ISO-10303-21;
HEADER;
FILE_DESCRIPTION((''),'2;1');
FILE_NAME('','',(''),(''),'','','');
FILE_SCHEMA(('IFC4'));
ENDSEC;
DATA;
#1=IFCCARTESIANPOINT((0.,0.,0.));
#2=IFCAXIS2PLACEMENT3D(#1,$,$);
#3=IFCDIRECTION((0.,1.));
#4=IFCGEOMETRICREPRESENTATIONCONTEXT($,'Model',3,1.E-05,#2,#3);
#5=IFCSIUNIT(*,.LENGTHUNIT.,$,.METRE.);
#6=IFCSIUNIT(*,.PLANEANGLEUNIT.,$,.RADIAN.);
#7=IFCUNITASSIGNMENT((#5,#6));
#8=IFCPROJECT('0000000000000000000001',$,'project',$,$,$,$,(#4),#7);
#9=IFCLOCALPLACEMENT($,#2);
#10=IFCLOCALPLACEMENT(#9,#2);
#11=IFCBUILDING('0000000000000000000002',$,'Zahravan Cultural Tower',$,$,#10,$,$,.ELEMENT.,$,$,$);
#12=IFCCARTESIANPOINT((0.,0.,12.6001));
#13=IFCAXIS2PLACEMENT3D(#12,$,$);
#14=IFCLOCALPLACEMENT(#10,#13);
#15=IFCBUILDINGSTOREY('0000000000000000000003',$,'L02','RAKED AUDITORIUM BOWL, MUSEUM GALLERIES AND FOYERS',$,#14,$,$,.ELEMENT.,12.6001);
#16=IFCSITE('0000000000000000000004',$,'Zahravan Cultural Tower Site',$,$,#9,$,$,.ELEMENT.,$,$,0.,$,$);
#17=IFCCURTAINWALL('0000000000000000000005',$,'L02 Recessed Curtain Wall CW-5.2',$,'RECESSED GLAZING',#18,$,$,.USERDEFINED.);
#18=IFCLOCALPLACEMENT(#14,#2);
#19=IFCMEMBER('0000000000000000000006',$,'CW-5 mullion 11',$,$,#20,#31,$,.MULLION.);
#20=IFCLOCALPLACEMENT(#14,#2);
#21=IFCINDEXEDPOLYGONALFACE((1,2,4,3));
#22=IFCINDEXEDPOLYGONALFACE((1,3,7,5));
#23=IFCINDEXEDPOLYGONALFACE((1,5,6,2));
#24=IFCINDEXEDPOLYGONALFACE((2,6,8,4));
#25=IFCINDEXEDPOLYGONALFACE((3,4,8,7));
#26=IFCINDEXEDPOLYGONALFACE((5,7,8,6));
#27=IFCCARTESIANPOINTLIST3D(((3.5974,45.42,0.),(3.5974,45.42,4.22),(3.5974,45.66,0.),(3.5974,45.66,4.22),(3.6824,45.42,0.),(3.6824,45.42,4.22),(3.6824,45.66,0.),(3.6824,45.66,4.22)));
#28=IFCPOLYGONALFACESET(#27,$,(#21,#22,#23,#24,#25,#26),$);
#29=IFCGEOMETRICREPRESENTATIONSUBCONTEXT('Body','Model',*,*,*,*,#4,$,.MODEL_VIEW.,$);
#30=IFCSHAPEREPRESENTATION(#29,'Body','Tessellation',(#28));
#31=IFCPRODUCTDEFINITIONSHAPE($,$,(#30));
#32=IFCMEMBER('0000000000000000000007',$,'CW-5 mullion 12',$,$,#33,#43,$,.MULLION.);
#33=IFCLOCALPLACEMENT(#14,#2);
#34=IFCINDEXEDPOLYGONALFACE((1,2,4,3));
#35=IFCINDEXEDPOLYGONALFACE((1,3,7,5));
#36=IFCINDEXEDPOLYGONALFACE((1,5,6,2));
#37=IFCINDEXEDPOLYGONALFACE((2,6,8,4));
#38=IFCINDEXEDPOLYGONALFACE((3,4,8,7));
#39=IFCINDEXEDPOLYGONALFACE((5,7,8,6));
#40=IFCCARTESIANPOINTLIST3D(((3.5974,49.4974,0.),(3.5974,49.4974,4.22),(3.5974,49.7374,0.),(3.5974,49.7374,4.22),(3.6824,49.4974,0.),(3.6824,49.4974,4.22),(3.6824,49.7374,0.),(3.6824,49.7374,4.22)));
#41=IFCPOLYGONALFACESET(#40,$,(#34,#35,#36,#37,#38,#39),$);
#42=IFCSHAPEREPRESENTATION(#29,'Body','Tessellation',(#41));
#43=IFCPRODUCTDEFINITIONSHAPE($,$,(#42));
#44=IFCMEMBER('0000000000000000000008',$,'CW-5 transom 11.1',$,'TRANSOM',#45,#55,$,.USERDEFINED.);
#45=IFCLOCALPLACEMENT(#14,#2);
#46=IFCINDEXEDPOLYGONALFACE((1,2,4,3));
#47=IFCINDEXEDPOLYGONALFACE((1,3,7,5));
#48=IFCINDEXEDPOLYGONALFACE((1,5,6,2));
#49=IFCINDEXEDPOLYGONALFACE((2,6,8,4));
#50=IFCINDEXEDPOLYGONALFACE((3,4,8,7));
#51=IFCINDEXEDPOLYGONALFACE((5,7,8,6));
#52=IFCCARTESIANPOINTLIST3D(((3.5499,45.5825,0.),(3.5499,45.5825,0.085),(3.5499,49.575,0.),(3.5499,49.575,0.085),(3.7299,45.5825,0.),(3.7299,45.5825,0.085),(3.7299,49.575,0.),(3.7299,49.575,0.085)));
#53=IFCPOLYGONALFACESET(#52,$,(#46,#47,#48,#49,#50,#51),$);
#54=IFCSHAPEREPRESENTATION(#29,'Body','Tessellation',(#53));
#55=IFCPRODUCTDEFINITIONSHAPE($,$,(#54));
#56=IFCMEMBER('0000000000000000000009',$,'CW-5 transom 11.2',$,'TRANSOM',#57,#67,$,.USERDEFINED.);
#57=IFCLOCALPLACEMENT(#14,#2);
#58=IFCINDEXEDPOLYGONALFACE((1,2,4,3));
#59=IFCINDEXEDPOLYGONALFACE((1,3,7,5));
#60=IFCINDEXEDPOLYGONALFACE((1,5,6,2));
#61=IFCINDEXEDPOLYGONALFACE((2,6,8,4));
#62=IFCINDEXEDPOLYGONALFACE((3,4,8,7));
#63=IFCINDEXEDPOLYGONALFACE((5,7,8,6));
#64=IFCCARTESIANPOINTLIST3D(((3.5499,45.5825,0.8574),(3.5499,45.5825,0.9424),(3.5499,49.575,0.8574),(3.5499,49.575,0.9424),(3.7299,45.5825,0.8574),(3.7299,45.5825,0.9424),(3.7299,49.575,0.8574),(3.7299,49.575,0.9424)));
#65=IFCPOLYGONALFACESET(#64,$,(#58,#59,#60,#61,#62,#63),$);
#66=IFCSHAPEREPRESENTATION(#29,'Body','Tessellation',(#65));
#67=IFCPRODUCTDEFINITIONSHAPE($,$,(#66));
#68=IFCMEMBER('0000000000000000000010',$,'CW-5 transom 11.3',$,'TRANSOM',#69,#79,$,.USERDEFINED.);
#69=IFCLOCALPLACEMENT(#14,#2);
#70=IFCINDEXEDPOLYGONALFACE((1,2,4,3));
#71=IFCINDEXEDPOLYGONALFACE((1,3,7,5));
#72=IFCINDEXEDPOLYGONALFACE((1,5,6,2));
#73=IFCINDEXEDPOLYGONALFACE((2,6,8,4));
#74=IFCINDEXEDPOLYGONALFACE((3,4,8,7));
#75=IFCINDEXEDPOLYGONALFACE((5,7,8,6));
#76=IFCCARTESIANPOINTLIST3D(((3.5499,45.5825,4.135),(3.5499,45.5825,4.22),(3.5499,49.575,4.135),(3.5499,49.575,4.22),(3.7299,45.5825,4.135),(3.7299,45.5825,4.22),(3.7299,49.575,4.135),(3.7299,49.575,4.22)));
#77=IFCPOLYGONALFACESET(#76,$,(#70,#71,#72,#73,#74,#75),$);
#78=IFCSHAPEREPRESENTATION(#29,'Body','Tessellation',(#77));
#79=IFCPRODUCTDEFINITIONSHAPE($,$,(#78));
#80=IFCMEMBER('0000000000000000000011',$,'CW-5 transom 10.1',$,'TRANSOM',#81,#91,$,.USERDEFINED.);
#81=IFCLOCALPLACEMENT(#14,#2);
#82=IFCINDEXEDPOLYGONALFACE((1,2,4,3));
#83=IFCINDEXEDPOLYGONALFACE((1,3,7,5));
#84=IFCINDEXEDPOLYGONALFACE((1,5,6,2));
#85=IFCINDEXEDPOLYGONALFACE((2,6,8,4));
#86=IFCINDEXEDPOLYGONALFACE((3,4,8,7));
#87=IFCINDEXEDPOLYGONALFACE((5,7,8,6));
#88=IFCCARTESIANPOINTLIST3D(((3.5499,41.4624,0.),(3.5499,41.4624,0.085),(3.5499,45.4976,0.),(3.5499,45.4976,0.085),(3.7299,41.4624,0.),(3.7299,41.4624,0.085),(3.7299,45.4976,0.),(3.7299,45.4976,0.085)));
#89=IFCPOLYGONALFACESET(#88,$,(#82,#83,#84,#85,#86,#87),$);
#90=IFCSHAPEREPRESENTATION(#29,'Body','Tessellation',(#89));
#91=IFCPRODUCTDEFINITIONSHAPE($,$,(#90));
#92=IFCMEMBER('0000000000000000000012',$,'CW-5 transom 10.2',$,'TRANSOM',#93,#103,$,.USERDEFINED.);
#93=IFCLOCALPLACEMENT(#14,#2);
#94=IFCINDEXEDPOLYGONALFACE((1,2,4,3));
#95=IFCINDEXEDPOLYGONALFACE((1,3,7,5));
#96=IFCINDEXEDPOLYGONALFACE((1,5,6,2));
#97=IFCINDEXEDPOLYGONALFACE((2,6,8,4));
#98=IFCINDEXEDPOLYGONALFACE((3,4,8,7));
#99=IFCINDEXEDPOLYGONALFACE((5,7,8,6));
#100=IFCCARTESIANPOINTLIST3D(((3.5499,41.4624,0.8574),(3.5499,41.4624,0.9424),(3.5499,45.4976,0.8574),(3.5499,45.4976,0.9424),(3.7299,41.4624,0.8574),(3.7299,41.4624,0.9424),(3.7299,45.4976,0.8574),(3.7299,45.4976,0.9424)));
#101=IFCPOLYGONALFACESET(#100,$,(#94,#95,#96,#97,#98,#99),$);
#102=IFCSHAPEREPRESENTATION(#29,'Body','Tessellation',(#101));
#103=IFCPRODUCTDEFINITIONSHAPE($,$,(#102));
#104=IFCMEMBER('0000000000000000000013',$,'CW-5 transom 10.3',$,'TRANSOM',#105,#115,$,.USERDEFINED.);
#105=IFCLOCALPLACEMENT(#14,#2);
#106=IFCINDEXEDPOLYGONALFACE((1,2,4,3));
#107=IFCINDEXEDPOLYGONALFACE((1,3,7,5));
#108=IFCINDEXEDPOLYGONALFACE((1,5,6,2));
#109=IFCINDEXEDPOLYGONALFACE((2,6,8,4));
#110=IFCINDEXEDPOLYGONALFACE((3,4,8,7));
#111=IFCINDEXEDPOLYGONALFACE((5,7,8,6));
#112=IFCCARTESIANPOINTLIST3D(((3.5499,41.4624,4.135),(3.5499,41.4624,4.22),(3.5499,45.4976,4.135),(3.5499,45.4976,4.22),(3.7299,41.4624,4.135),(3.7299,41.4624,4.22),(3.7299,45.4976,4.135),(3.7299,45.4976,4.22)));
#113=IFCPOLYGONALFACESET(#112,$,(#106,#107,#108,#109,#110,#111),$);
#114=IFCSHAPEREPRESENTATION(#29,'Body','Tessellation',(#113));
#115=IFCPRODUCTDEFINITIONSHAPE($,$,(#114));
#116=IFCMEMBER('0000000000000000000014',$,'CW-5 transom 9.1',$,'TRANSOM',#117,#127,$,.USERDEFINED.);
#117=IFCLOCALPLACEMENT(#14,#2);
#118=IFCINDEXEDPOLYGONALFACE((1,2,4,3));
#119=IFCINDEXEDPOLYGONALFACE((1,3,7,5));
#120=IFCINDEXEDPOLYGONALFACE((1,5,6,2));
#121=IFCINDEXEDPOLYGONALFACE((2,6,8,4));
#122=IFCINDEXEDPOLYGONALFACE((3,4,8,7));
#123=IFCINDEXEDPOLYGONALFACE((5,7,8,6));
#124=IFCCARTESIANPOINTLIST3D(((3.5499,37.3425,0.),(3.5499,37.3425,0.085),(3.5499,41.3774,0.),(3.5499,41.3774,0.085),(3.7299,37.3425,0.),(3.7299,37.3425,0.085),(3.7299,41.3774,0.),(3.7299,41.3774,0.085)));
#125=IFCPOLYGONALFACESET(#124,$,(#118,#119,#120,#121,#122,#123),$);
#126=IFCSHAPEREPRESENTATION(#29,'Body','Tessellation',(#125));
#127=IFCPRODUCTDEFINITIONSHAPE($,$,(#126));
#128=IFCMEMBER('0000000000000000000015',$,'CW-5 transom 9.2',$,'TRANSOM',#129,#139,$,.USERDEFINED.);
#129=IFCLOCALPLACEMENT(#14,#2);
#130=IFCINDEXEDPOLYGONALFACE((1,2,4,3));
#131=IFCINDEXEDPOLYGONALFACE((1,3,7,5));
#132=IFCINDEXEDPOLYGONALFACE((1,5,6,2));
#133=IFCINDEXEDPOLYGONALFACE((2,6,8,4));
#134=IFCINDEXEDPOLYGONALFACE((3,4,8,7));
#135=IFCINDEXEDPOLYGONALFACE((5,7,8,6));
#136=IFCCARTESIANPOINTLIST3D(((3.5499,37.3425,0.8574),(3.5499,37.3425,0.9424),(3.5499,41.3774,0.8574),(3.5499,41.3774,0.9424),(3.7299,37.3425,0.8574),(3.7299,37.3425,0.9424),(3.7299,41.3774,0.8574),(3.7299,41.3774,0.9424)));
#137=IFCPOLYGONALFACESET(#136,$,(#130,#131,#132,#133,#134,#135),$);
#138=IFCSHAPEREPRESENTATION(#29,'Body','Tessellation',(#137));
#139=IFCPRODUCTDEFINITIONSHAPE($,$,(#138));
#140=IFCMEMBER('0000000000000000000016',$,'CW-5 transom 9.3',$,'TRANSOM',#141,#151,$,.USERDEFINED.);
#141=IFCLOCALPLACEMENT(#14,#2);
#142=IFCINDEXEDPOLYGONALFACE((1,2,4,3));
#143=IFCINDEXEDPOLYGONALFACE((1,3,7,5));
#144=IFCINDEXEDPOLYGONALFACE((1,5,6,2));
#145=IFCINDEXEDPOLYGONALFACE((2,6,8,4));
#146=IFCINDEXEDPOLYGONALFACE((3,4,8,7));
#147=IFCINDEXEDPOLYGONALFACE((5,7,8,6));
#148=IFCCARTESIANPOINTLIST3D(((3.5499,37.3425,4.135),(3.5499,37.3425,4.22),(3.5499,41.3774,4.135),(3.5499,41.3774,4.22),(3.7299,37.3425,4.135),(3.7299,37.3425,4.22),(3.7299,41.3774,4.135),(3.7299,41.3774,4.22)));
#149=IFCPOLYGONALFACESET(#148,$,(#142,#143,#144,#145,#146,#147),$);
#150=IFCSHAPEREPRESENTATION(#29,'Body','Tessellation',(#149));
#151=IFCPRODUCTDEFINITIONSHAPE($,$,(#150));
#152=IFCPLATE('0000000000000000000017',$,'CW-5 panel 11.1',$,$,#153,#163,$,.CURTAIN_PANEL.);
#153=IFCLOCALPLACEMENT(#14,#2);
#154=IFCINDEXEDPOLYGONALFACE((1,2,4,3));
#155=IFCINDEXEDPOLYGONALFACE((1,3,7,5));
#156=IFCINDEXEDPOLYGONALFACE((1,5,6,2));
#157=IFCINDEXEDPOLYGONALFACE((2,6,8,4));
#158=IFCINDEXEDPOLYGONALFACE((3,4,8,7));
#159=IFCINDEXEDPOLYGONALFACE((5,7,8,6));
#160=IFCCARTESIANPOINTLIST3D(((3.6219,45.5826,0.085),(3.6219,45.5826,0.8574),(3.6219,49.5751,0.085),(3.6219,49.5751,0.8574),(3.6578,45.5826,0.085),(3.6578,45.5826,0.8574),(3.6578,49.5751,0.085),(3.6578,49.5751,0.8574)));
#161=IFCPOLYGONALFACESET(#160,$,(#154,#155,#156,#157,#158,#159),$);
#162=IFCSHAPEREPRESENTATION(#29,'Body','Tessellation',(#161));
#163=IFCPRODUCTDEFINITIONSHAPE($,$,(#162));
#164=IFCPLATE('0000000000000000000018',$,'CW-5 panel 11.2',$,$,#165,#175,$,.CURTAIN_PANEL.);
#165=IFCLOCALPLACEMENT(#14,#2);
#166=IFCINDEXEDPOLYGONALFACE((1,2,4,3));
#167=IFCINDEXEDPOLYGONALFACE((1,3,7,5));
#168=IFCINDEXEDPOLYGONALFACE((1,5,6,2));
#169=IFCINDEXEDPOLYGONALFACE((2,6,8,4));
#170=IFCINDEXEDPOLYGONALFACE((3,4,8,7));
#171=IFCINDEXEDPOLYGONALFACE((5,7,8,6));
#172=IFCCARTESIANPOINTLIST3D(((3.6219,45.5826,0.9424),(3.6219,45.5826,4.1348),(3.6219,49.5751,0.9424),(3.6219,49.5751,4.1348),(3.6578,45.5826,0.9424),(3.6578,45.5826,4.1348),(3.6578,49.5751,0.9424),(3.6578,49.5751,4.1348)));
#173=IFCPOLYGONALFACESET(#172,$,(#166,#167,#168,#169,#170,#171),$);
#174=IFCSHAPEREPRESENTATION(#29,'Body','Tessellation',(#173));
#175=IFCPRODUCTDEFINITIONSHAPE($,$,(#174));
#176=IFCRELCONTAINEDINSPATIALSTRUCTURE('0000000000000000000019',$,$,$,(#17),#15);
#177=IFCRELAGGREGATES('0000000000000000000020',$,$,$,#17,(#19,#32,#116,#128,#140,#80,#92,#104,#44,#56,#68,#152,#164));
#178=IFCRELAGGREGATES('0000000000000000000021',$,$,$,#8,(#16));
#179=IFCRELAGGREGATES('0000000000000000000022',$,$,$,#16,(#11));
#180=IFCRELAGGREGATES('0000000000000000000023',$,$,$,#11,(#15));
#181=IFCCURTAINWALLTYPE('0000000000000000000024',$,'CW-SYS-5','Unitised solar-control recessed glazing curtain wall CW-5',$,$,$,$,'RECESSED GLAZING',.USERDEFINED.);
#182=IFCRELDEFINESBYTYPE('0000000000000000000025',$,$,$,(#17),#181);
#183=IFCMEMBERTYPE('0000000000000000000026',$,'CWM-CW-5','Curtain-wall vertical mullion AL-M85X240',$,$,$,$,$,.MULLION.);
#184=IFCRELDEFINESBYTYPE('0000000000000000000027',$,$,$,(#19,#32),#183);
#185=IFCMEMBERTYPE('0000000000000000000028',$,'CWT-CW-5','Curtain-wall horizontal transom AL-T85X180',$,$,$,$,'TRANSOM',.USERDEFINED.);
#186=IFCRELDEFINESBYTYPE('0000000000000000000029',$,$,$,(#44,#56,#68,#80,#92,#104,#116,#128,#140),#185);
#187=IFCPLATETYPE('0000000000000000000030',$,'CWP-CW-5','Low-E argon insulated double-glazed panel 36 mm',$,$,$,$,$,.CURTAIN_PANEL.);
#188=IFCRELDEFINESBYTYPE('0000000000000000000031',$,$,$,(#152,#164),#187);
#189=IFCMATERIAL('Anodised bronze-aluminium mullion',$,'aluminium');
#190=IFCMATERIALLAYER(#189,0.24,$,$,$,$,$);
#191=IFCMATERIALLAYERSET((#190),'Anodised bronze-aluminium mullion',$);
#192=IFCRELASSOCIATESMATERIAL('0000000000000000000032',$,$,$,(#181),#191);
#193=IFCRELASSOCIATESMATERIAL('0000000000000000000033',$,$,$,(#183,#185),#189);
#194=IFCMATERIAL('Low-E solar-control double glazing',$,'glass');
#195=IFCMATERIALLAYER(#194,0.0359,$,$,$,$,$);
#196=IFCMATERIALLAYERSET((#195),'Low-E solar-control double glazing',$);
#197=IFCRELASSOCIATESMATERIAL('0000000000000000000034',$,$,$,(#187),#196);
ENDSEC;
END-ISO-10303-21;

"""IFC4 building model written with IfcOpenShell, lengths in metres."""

from ifc_helpers import new_model, si_unit, direction, frame, origin, origin_2d, place, context, subcontext, project, spatial, rectangle, extrude, source, transform, mapped, material, layer, layer_set, material_profile, profile_set, type_object, element, aggregate, save


model = new_model("IFC4")

# Units and contexts
model_context = context("Model", 3, precision=1e-05, world=origin(), true_north=direction((0.0, 1.0)))
body_context = subcontext(model_context, "Body", "Model", "MODEL_VIEW")
ifc_project = project(units=[si_unit("LENGTHUNIT", "METRE"), si_unit("PLANEANGLEUNIT", "RADIAN")], contexts=[model_context])

# Site, building, storey
site_placement = place(None, origin())
site = spatial("IfcSite", under=ifc_project, at=site_placement, Name="Zahravan Cultural Tower Site", CompositionType="ELEMENT", RefElevation=0.0)
building_placement = place(site_placement, origin())
building = spatial("IfcBuilding", under=site, at=building_placement, Name="Zahravan Cultural Tower", CompositionType="ELEMENT")
storey_placement = place(building_placement, frame((0.0, 0.0, 12.6001)))
storey = spatial("IfcBuildingStorey", under=building, at=storey_placement, Name="L02", Description="RAKED AUDITORIUM BOWL, MUSEUM GALLERIES AND FOYERS", CompositionType="ELEMENT", Elevation=12.6001)

# Curtain wall, members, plates
ifc_material_1 = material(Name="Anodised bronze-aluminium mullion", Category="aluminium")
ifc_layer_1 = layer(ifc_material_1, 0.24)
ifc_layer_set_1 = layer_set([ifc_layer_1], Name="Anodised bronze-aluminium mullion")
curtain_wall_type = type_object("IfcCurtainWallType", Name="CW-SYS-5", Description="Unitised solar-control recessed glazing curtain wall CW-5", ElementType="RECESSED GLAZING", PredefinedType="USERDEFINED", material=ifc_layer_set_1)
curtain_wall_placement = place(storey_placement, origin())
curtain_wall = element("IfcCurtainWall", 1, at=curtain_wall_placement, inside=storey, type_object=curtain_wall_type, Name="L02 Recessed Curtain Wall CW-5.2", ObjectType="RECESSED GLAZING", PredefinedType="USERDEFINED")
ifc_material_profile_1 = material_profile(ifc_material_1, rectangle(XDim=0.085, YDim=0.24, at=origin_2d()), Name="AL-M85X240")
ifc_profile_set_1 = profile_set([ifc_material_profile_1], Name="Anodised bronze-aluminium mullion")
member_type_1 = type_object("IfcMemberType", Name="CWM-CW-5", Description="Curtain-wall vertical mullion AL-M85X240", PredefinedType="MULLION", material=ifc_profile_set_1)
shared_shape_1 = source(origin(), body_context, "Body", "SweptSolid", [
    extrude(rectangle(XDim=0.085, YDim=0.24, at=origin_2d()), origin(), (0.0, 0.0, 1.0), 4.22),
])
member_1_placement = place(storey_placement, frame((3.6399, 45.54, 0.0), z_axis=(0.0, 0.0, 1.0), x_axis=(-1.0, 0.0, 0.0)))
member_1 = element("IfcMember", 2, at=member_1_placement, type_object=member_type_1, Name="CW-5 mullion 11", PredefinedType="MULLION", context=body_context, shape_type="MappedRepresentation", body=[
    mapped(shared_shape_1, transform((0.0, 0.0, 0.0), x_axis=(1.0, 0.0, 0.0), y_axis=(0.0, 1.0, 0.0), z_axis=(0.0, 0.0, 1.0), scale=1.0)),
])
member_2_placement = place(storey_placement, frame((3.6399, 49.6174, 0.0), z_axis=(0.0, 0.0, 1.0), x_axis=(-1.0, 0.0, 0.0)))
member_2 = element("IfcMember", 3, at=member_2_placement, type_object=member_type_1, Name="CW-5 mullion 12", PredefinedType="MULLION", context=body_context, shape_type="MappedRepresentation", body=[
    mapped(shared_shape_1, transform((0.0, 0.0, 0.0), x_axis=(1.0, 0.0, 0.0), y_axis=(0.0, 1.0, 0.0), z_axis=(0.0, 0.0, 1.0), scale=1.0)),
])
ifc_material_profile_2 = material_profile(ifc_material_1, rectangle(XDim=0.1799, YDim=0.085, at=origin_2d()), Name="AL-T85X180")
ifc_profile_set_2 = profile_set([ifc_material_profile_2], Name="Anodised bronze-aluminium mullion")
member_type_2 = type_object("IfcMemberType", Name="CWT-CW-5", Description="Curtain-wall horizontal transom AL-T85X180", ElementType="TRANSOM", PredefinedType="USERDEFINED", material=ifc_profile_set_2)
shared_shape_2 = source(origin(), body_context, "Body", "SweptSolid", [
    extrude(rectangle(XDim=0.1799, YDim=0.085, at=origin_2d()), origin(), (0.0, 0.0, 1.0), 3.9924),
])
member_3_placement = place(storey_placement, frame((3.6399, 45.5825, 0.0425), z_axis=(0.0, 1.0, 0.0), x_axis=(-1.0, 0.0, 0.0)))
member_3 = element("IfcMember", 4, at=member_3_placement, type_object=member_type_2, Name="CW-5 transom 11.1", ObjectType="TRANSOM", PredefinedType="USERDEFINED", context=body_context, shape_type="MappedRepresentation", body=[
    mapped(shared_shape_2, transform((0.0, 0.0, 0.0), x_axis=(1.0, 0.0, 0.0), y_axis=(0.0, 1.0, 0.0), z_axis=(0.0, 0.0, 1.0), scale=1.0)),
])
member_4_placement = place(storey_placement, frame((3.6399, 45.5825, 0.8999), z_axis=(0.0, 1.0, 0.0), x_axis=(-1.0, 0.0, 0.0)))
member_4 = element("IfcMember", 5, at=member_4_placement, type_object=member_type_2, Name="CW-5 transom 11.2", ObjectType="TRANSOM", PredefinedType="USERDEFINED", context=body_context, shape_type="MappedRepresentation", body=[
    mapped(shared_shape_2, transform((0.0, 0.0, 0.0), x_axis=(1.0, 0.0, 0.0), y_axis=(0.0, 1.0, 0.0), z_axis=(0.0, 0.0, 1.0), scale=1.0)),
])
member_5_placement = place(storey_placement, frame((3.6399, 45.5825, 4.1775), z_axis=(0.0, 1.0, 0.0), x_axis=(-1.0, 0.0, 0.0)))
member_5 = element("IfcMember", 6, at=member_5_placement, type_object=member_type_2, Name="CW-5 transom 11.3", ObjectType="TRANSOM", PredefinedType="USERDEFINED", context=body_context, shape_type="MappedRepresentation", body=[
    mapped(shared_shape_2, transform((0.0, 0.0, 0.0), x_axis=(1.0, 0.0, 0.0), y_axis=(0.0, 1.0, 0.0), z_axis=(0.0, 0.0, 1.0), scale=1.0)),
])
shared_shape_3 = source(origin(), body_context, "Body", "SweptSolid", [
    extrude(rectangle(XDim=0.1799, YDim=0.085, at=origin_2d()), origin(), (0.0, 0.0, 1.0), 4.0352),
])
member_6_placement = place(storey_placement, frame((3.6399, 41.4624, 0.0425), z_axis=(0.0, 1.0, 0.0), x_axis=(-1.0, 0.0, 0.0)))
member_6 = element("IfcMember", 7, at=member_6_placement, type_object=member_type_2, Name="CW-5 transom 10.1", ObjectType="TRANSOM", PredefinedType="USERDEFINED", context=body_context, shape_type="MappedRepresentation", body=[
    mapped(shared_shape_3, transform((0.0, 0.0, 0.0), x_axis=(1.0, 0.0, 0.0), y_axis=(0.0, 1.0, 0.0), z_axis=(0.0, 0.0, 1.0), scale=1.0)),
])
member_7_placement = place(storey_placement, frame((3.6399, 41.4624, 0.8999), z_axis=(0.0, 1.0, 0.0), x_axis=(-1.0, 0.0, 0.0)))
member_7 = element("IfcMember", 8, at=member_7_placement, type_object=member_type_2, Name="CW-5 transom 10.2", ObjectType="TRANSOM", PredefinedType="USERDEFINED", context=body_context, shape_type="MappedRepresentation", body=[
    mapped(shared_shape_3, transform((0.0, 0.0, 0.0), x_axis=(1.0, 0.0, 0.0), y_axis=(0.0, 1.0, 0.0), z_axis=(0.0, 0.0, 1.0), scale=1.0)),
])
member_8_placement = place(storey_placement, frame((3.6399, 41.4624, 4.1775), z_axis=(0.0, 1.0, 0.0), x_axis=(-1.0, 0.0, 0.0)))
member_8 = element("IfcMember", 9, at=member_8_placement, type_object=member_type_2, Name="CW-5 transom 10.3", ObjectType="TRANSOM", PredefinedType="USERDEFINED", context=body_context, shape_type="MappedRepresentation", body=[
    mapped(shared_shape_3, transform((0.0, 0.0, 0.0), x_axis=(1.0, 0.0, 0.0), y_axis=(0.0, 1.0, 0.0), z_axis=(0.0, 0.0, 1.0), scale=1.0)),
])
shared_shape_4 = source(origin(), body_context, "Body", "SweptSolid", [
    extrude(rectangle(XDim=0.1799, YDim=0.085, at=origin_2d()), origin(), (0.0, 0.0, 1.0), 4.0349),
])
member_9_placement = place(storey_placement, frame((3.6399, 37.3425, 0.0425), z_axis=(0.0, 1.0, 0.0), x_axis=(-1.0, 0.0, 0.0)))
member_9 = element("IfcMember", 10, at=member_9_placement, type_object=member_type_2, Name="CW-5 transom 9.1", ObjectType="TRANSOM", PredefinedType="USERDEFINED", context=body_context, shape_type="MappedRepresentation", body=[
    mapped(shared_shape_4, transform((0.0, 0.0, 0.0), x_axis=(1.0, 0.0, 0.0), y_axis=(0.0, 1.0, 0.0), z_axis=(0.0, 0.0, 1.0), scale=1.0)),
])
member_10_placement = place(storey_placement, frame((3.6399, 37.3425, 0.8999), z_axis=(0.0, 1.0, 0.0), x_axis=(-1.0, 0.0, 0.0)))
member_10 = element("IfcMember", 11, at=member_10_placement, type_object=member_type_2, Name="CW-5 transom 9.2", ObjectType="TRANSOM", PredefinedType="USERDEFINED", context=body_context, shape_type="MappedRepresentation", body=[
    mapped(shared_shape_4, transform((0.0, 0.0, 0.0), x_axis=(1.0, 0.0, 0.0), y_axis=(0.0, 1.0, 0.0), z_axis=(0.0, 0.0, 1.0), scale=1.0)),
])
member_11_placement = place(storey_placement, frame((3.6399, 37.3425, 4.1775), z_axis=(0.0, 1.0, 0.0), x_axis=(-1.0, 0.0, 0.0)))
member_11 = element("IfcMember", 12, at=member_11_placement, type_object=member_type_2, Name="CW-5 transom 9.3", ObjectType="TRANSOM", PredefinedType="USERDEFINED", context=body_context, shape_type="MappedRepresentation", body=[
    mapped(shared_shape_4, transform((0.0, 0.0, 0.0), x_axis=(1.0, 0.0, 0.0), y_axis=(0.0, 1.0, 0.0), z_axis=(0.0, 0.0, 1.0), scale=1.0)),
])
ifc_material_2 = material(Name="Low-E solar-control double glazing", Category="glass")
ifc_layer_2 = layer(ifc_material_2, 0.0359)
ifc_layer_set_2 = layer_set([ifc_layer_2], Name="Low-E solar-control double glazing")
plate_type = type_object("IfcPlateType", Name="CWP-CW-5", Description="Low-E argon insulated double-glazed panel 36 mm", PredefinedType="CURTAIN_PANEL", material=ifc_layer_set_2)
shared_shape_5 = source(origin(), body_context, "Body", "SweptSolid", [
    extrude(rectangle(XDim=3.9924, YDim=0.0359, at=origin_2d()), origin(), (0.0, 0.0, 1.0), 0.7725),
])
plate_1_placement = place(storey_placement, frame((3.6399, 47.5789, 0.085), z_axis=(0.0, 0.0, 1.0), x_axis=(0.0, 1.0, 0.0)))
plate_1 = element("IfcPlate", 13, at=plate_1_placement, type_object=plate_type, Name="CW-5 panel 11.1", PredefinedType="CURTAIN_PANEL", context=body_context, shape_type="MappedRepresentation", body=[
    mapped(shared_shape_5, transform((0.0, 0.0, 0.0), x_axis=(1.0, 0.0, 0.0), y_axis=(0.0, 1.0, 0.0), z_axis=(0.0, 0.0, 1.0), scale=1.0)),
])
shared_shape_6 = source(origin(), body_context, "Body", "SweptSolid", [
    extrude(rectangle(XDim=3.9924, YDim=0.0359, at=origin_2d()), origin(), (0.0, 0.0, 1.0), 3.1924),
])
plate_2_placement = place(storey_placement, frame((3.6399, 47.5789, 0.9424), z_axis=(0.0, 0.0, 1.0), x_axis=(0.0, 1.0, 0.0)))
plate_2 = element("IfcPlate", 14, at=plate_2_placement, type_object=plate_type, Name="CW-5 panel 11.2", PredefinedType="CURTAIN_PANEL", context=body_context, shape_type="MappedRepresentation", body=[
    mapped(shared_shape_6, transform((0.0, 0.0, 0.0), x_axis=(1.0, 0.0, 0.0), y_axis=(0.0, 1.0, 0.0), z_axis=(0.0, 0.0, 1.0), scale=1.0)),
])
aggregate(curtain_wall, [member_1, member_2, member_9, member_10, member_11, member_6, member_7, member_8, member_3, member_4, member_5, plate_1, plate_2])

save(model, "model.ifc")
